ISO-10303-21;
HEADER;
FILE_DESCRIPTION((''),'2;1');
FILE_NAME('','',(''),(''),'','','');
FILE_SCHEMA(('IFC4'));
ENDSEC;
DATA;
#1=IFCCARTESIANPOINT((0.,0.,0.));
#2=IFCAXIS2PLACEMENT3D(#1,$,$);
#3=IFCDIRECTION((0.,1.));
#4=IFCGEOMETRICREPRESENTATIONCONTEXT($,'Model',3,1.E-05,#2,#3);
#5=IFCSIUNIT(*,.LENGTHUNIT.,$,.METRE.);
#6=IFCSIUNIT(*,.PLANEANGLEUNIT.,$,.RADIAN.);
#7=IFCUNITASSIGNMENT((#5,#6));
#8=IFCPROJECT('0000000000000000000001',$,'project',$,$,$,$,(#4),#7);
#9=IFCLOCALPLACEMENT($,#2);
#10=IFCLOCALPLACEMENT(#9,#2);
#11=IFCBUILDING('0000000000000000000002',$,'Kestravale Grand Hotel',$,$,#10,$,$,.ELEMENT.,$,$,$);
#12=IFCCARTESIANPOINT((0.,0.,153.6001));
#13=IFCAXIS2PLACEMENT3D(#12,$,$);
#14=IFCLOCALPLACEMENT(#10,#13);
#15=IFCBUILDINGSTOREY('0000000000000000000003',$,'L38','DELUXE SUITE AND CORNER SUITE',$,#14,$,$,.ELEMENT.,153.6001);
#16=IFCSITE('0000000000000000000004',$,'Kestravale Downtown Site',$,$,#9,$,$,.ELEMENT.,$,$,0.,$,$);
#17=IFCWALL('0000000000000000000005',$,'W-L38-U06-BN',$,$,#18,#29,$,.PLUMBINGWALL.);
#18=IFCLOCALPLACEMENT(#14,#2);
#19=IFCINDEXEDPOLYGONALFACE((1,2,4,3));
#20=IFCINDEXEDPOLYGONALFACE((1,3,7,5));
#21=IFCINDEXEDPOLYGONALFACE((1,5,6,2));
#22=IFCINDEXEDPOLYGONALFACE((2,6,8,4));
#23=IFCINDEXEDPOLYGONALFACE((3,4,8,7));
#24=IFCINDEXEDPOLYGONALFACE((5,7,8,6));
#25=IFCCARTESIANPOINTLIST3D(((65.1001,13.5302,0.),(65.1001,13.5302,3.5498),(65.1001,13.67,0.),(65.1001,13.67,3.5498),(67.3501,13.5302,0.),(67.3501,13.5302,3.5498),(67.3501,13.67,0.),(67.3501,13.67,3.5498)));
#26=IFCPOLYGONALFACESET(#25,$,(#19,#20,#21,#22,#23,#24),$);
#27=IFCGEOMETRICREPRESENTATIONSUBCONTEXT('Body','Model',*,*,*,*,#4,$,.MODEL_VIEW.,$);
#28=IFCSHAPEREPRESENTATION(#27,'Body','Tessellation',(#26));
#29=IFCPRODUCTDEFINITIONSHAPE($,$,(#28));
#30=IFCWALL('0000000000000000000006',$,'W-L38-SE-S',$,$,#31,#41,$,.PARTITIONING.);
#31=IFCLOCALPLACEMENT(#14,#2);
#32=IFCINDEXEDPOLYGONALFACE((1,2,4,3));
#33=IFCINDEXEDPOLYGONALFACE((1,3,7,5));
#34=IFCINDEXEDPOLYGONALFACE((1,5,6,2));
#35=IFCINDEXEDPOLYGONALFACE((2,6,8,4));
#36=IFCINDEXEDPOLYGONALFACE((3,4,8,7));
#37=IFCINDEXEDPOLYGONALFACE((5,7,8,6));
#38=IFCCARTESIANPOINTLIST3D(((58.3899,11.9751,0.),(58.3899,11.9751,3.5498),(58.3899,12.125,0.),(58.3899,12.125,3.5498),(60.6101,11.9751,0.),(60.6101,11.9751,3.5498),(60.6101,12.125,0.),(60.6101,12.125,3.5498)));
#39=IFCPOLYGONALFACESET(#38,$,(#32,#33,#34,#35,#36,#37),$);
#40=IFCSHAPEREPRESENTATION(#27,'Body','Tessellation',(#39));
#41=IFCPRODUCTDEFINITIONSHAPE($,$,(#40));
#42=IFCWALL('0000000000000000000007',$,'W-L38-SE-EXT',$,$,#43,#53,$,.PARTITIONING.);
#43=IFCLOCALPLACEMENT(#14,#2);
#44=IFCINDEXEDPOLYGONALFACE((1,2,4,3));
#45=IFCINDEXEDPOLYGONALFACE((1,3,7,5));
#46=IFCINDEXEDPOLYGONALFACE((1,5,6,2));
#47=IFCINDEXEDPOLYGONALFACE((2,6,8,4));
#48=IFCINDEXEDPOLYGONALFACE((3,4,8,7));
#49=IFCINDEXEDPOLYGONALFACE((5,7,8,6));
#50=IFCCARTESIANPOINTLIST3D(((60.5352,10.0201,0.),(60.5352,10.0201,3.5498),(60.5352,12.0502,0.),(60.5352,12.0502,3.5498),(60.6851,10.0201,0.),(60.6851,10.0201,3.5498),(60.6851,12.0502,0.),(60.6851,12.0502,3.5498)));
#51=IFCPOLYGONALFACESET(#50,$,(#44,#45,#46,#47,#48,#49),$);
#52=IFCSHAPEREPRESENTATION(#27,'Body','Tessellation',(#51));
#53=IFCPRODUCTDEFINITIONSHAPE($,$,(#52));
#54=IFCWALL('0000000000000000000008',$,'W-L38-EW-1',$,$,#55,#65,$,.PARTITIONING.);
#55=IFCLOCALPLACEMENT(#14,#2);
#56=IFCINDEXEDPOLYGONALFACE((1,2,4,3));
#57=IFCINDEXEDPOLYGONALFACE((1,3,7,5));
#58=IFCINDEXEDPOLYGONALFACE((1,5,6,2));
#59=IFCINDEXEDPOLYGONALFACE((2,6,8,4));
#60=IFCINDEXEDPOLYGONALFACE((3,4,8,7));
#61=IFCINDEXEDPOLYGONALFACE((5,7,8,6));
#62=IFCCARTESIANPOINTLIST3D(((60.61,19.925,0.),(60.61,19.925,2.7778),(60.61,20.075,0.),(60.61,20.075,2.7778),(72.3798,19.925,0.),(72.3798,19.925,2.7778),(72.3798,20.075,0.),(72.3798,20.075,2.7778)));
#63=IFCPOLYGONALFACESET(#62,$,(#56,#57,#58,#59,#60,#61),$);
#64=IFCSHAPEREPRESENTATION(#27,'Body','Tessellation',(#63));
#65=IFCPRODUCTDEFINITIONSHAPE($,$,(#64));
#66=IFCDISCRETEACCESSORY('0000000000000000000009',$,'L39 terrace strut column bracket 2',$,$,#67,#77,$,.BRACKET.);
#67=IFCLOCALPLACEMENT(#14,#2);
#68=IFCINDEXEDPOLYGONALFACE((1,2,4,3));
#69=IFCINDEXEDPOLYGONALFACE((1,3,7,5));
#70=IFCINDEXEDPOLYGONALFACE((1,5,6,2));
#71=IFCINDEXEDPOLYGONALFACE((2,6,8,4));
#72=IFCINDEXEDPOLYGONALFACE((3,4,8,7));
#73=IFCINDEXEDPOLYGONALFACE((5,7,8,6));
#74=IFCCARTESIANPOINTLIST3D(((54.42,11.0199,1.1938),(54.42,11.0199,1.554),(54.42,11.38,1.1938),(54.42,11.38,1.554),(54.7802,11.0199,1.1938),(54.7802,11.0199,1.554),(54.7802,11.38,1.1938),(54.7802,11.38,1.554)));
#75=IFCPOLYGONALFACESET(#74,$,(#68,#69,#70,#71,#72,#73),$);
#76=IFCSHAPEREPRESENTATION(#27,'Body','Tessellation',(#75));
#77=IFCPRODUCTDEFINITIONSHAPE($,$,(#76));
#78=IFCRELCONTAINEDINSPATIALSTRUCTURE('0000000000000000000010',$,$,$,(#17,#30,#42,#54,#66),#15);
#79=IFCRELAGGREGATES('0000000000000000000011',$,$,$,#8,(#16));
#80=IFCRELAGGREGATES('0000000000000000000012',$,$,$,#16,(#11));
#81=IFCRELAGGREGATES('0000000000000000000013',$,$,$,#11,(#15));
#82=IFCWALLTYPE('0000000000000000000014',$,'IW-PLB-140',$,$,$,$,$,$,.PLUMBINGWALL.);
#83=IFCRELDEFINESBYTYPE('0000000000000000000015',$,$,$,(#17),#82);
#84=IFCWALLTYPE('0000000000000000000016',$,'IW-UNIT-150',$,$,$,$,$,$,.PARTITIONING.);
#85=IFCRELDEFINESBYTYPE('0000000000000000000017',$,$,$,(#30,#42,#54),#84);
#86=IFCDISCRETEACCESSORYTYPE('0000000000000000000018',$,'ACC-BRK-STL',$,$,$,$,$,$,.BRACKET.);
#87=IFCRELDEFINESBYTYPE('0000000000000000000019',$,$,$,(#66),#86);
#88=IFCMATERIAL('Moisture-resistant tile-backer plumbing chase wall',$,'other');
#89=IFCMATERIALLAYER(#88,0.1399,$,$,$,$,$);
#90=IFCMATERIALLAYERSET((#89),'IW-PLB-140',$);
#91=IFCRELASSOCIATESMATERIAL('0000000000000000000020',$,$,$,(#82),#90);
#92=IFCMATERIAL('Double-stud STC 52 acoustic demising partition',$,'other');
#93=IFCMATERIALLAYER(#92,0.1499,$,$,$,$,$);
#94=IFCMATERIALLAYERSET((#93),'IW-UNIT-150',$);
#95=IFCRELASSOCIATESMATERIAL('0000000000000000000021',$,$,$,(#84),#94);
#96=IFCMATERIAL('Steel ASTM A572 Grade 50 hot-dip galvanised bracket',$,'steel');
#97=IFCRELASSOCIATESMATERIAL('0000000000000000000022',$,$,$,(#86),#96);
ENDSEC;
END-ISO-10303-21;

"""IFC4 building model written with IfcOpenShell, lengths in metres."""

from ifc_helpers import new_model, si_unit, direction, frame, frame_2d, origin, origin_2d, place, context, subcontext, project, spatial, rectangle, extrude, material, layer, layer_set, type_object, element, save


model = new_model("IFC4")

# Units and contexts
model_context = context("Model", 3, precision=1e-05, world=origin(), true_north=direction((0.0, 1.0)))
body_context = subcontext(model_context, "Body", "Model", "MODEL_VIEW")
ifc_project = project(units=[si_unit("LENGTHUNIT", "METRE"), si_unit("PLANEANGLEUNIT", "RADIAN")], contexts=[model_context])

# Site, building, storey
site_placement = place(None, origin())
site = spatial("IfcSite", under=ifc_project, at=site_placement, Name="Kestravale Downtown Site", CompositionType="ELEMENT", RefElevation=0.0)
building_placement = place(site_placement, origin())
building = spatial("IfcBuilding", under=site, at=building_placement, Name="Kestravale Grand Hotel", CompositionType="ELEMENT")
storey_placement = place(building_placement, frame((0.0, 0.0, 153.6001)))
storey = spatial("IfcBuildingStorey", under=building, at=storey_placement, Name="L38", Description="DELUXE SUITE AND CORNER SUITE", CompositionType="ELEMENT", Elevation=153.6001)

# Shared definitions
ifc_material_1 = material(Name="Moisture-resistant tile-backer plumbing chase wall", Category="other")
ifc_layer_1 = layer(ifc_material_1, 0.1399)
ifc_layer_set_1 = layer_set([ifc_layer_1], Name="IW-PLB-140")
wall_type_1 = type_object("IfcWallType", Name="IW-PLB-140", PredefinedType="PLUMBINGWALL", material=ifc_layer_set_1)

# Walls
for number, where, z_axis, x_axis, name in (
    (1, (65.1001, 13.6001, 0.0), (0.0, 0.0, 1.0), (1.0, 0.0, 0.0), "W-L38-U06-BN"),
):
    element("IfcWall", number, at=place(storey_placement, frame(where, z_axis=z_axis, x_axis=x_axis)), inside=storey, type_object=wall_type_1, Name=name, PredefinedType="PLUMBINGWALL", context=body_context, shape_type="SweptSolid", body=[
        extrude(rectangle(XDim=2.25, YDim=0.1399, at=frame_2d((1.125, 0.0))), origin(), (0.0, 0.0, 1.0), 3.5498),
    ])
ifc_material_2 = material(Name="Double-stud STC 52 acoustic demising partition", Category="other")
ifc_layer_2 = layer(ifc_material_2, 0.1499)
ifc_layer_set_2 = layer_set([ifc_layer_2], Name="IW-UNIT-150")
wall_type_2 = type_object("IfcWallType", Name="IW-UNIT-150", PredefinedType="PARTITIONING", material=ifc_layer_set_2)
wall_1_placement = place(storey_placement, frame((58.3899, 12.05, 0.0), z_axis=(0.0, 0.0, 1.0), x_axis=(1.0, 0.0, 0.0)))
element("IfcWall", 2, at=wall_1_placement, inside=storey, type_object=wall_type_2, Name="W-L38-SE-S", PredefinedType="PARTITIONING", context=body_context, shape_type="SweptSolid", body=[
    extrude(rectangle(XDim=2.2202, YDim=0.1499, at=frame_2d((1.1101, 0.0))), origin(), (0.0, 0.0, 1.0), 3.5498),
])
wall_2_placement = place(storey_placement, frame((60.6101, 10.02, 0.0), z_axis=(0.0, 0.0, 1.0), x_axis=(0.0, 1.0, 0.0)))
element("IfcWall", 3, at=wall_2_placement, inside=storey, type_object=wall_type_2, Name="W-L38-SE-EXT", PredefinedType="PARTITIONING", context=body_context, shape_type="SweptSolid", body=[
    extrude(rectangle(XDim=2.03, YDim=0.1499, at=frame_2d((1.0151, 0.0))), origin(), (0.0, 0.0, 1.0), 3.5498),
])
wall_3_placement = place(storey_placement, frame((60.6101, 20.0, 0.0), z_axis=(0.0, 0.0, 1.0), x_axis=(1.0, 0.0, 0.0)))
element("IfcWall", 4, at=wall_3_placement, inside=storey, type_object=wall_type_2, Name="W-L38-EW-1", PredefinedType="PARTITIONING", context=body_context, shape_type="SweptSolid", body=[
    extrude(rectangle(XDim=11.7698, YDim=0.1499, at=frame_2d((5.8848, 0.0))), origin(), (0.0, 0.0, 1.0), 2.7778),
])

# Discrete accessory
ifc_material_3 = material(Name="Steel ASTM A572 Grade 50 hot-dip galvanised bracket", Category="steel")
discrete_accessory_type = type_object("IfcDiscreteAccessoryType", Name="ACC-BRK-STL", PredefinedType="BRACKET", material=ifc_material_3)
discrete_accessory_placement = place(storey_placement, frame((54.6001, 11.2, 1.1938), z_axis=(0.0, 0.0, 1.0), x_axis=(1.0, 0.0, 0.0)))
element("IfcDiscreteAccessory", 5, at=discrete_accessory_placement, inside=storey, type_object=discrete_accessory_type, Name="L39 terrace strut column bracket 2", PredefinedType="BRACKET", context=body_context, shape_type="SweptSolid", body=[
    extrude(rectangle(XDim=0.3601, YDim=0.3601, at=origin_2d()), origin(), (0.0, 0.0, 1.0), 0.3601),
])

save(model, "model.ifc")
